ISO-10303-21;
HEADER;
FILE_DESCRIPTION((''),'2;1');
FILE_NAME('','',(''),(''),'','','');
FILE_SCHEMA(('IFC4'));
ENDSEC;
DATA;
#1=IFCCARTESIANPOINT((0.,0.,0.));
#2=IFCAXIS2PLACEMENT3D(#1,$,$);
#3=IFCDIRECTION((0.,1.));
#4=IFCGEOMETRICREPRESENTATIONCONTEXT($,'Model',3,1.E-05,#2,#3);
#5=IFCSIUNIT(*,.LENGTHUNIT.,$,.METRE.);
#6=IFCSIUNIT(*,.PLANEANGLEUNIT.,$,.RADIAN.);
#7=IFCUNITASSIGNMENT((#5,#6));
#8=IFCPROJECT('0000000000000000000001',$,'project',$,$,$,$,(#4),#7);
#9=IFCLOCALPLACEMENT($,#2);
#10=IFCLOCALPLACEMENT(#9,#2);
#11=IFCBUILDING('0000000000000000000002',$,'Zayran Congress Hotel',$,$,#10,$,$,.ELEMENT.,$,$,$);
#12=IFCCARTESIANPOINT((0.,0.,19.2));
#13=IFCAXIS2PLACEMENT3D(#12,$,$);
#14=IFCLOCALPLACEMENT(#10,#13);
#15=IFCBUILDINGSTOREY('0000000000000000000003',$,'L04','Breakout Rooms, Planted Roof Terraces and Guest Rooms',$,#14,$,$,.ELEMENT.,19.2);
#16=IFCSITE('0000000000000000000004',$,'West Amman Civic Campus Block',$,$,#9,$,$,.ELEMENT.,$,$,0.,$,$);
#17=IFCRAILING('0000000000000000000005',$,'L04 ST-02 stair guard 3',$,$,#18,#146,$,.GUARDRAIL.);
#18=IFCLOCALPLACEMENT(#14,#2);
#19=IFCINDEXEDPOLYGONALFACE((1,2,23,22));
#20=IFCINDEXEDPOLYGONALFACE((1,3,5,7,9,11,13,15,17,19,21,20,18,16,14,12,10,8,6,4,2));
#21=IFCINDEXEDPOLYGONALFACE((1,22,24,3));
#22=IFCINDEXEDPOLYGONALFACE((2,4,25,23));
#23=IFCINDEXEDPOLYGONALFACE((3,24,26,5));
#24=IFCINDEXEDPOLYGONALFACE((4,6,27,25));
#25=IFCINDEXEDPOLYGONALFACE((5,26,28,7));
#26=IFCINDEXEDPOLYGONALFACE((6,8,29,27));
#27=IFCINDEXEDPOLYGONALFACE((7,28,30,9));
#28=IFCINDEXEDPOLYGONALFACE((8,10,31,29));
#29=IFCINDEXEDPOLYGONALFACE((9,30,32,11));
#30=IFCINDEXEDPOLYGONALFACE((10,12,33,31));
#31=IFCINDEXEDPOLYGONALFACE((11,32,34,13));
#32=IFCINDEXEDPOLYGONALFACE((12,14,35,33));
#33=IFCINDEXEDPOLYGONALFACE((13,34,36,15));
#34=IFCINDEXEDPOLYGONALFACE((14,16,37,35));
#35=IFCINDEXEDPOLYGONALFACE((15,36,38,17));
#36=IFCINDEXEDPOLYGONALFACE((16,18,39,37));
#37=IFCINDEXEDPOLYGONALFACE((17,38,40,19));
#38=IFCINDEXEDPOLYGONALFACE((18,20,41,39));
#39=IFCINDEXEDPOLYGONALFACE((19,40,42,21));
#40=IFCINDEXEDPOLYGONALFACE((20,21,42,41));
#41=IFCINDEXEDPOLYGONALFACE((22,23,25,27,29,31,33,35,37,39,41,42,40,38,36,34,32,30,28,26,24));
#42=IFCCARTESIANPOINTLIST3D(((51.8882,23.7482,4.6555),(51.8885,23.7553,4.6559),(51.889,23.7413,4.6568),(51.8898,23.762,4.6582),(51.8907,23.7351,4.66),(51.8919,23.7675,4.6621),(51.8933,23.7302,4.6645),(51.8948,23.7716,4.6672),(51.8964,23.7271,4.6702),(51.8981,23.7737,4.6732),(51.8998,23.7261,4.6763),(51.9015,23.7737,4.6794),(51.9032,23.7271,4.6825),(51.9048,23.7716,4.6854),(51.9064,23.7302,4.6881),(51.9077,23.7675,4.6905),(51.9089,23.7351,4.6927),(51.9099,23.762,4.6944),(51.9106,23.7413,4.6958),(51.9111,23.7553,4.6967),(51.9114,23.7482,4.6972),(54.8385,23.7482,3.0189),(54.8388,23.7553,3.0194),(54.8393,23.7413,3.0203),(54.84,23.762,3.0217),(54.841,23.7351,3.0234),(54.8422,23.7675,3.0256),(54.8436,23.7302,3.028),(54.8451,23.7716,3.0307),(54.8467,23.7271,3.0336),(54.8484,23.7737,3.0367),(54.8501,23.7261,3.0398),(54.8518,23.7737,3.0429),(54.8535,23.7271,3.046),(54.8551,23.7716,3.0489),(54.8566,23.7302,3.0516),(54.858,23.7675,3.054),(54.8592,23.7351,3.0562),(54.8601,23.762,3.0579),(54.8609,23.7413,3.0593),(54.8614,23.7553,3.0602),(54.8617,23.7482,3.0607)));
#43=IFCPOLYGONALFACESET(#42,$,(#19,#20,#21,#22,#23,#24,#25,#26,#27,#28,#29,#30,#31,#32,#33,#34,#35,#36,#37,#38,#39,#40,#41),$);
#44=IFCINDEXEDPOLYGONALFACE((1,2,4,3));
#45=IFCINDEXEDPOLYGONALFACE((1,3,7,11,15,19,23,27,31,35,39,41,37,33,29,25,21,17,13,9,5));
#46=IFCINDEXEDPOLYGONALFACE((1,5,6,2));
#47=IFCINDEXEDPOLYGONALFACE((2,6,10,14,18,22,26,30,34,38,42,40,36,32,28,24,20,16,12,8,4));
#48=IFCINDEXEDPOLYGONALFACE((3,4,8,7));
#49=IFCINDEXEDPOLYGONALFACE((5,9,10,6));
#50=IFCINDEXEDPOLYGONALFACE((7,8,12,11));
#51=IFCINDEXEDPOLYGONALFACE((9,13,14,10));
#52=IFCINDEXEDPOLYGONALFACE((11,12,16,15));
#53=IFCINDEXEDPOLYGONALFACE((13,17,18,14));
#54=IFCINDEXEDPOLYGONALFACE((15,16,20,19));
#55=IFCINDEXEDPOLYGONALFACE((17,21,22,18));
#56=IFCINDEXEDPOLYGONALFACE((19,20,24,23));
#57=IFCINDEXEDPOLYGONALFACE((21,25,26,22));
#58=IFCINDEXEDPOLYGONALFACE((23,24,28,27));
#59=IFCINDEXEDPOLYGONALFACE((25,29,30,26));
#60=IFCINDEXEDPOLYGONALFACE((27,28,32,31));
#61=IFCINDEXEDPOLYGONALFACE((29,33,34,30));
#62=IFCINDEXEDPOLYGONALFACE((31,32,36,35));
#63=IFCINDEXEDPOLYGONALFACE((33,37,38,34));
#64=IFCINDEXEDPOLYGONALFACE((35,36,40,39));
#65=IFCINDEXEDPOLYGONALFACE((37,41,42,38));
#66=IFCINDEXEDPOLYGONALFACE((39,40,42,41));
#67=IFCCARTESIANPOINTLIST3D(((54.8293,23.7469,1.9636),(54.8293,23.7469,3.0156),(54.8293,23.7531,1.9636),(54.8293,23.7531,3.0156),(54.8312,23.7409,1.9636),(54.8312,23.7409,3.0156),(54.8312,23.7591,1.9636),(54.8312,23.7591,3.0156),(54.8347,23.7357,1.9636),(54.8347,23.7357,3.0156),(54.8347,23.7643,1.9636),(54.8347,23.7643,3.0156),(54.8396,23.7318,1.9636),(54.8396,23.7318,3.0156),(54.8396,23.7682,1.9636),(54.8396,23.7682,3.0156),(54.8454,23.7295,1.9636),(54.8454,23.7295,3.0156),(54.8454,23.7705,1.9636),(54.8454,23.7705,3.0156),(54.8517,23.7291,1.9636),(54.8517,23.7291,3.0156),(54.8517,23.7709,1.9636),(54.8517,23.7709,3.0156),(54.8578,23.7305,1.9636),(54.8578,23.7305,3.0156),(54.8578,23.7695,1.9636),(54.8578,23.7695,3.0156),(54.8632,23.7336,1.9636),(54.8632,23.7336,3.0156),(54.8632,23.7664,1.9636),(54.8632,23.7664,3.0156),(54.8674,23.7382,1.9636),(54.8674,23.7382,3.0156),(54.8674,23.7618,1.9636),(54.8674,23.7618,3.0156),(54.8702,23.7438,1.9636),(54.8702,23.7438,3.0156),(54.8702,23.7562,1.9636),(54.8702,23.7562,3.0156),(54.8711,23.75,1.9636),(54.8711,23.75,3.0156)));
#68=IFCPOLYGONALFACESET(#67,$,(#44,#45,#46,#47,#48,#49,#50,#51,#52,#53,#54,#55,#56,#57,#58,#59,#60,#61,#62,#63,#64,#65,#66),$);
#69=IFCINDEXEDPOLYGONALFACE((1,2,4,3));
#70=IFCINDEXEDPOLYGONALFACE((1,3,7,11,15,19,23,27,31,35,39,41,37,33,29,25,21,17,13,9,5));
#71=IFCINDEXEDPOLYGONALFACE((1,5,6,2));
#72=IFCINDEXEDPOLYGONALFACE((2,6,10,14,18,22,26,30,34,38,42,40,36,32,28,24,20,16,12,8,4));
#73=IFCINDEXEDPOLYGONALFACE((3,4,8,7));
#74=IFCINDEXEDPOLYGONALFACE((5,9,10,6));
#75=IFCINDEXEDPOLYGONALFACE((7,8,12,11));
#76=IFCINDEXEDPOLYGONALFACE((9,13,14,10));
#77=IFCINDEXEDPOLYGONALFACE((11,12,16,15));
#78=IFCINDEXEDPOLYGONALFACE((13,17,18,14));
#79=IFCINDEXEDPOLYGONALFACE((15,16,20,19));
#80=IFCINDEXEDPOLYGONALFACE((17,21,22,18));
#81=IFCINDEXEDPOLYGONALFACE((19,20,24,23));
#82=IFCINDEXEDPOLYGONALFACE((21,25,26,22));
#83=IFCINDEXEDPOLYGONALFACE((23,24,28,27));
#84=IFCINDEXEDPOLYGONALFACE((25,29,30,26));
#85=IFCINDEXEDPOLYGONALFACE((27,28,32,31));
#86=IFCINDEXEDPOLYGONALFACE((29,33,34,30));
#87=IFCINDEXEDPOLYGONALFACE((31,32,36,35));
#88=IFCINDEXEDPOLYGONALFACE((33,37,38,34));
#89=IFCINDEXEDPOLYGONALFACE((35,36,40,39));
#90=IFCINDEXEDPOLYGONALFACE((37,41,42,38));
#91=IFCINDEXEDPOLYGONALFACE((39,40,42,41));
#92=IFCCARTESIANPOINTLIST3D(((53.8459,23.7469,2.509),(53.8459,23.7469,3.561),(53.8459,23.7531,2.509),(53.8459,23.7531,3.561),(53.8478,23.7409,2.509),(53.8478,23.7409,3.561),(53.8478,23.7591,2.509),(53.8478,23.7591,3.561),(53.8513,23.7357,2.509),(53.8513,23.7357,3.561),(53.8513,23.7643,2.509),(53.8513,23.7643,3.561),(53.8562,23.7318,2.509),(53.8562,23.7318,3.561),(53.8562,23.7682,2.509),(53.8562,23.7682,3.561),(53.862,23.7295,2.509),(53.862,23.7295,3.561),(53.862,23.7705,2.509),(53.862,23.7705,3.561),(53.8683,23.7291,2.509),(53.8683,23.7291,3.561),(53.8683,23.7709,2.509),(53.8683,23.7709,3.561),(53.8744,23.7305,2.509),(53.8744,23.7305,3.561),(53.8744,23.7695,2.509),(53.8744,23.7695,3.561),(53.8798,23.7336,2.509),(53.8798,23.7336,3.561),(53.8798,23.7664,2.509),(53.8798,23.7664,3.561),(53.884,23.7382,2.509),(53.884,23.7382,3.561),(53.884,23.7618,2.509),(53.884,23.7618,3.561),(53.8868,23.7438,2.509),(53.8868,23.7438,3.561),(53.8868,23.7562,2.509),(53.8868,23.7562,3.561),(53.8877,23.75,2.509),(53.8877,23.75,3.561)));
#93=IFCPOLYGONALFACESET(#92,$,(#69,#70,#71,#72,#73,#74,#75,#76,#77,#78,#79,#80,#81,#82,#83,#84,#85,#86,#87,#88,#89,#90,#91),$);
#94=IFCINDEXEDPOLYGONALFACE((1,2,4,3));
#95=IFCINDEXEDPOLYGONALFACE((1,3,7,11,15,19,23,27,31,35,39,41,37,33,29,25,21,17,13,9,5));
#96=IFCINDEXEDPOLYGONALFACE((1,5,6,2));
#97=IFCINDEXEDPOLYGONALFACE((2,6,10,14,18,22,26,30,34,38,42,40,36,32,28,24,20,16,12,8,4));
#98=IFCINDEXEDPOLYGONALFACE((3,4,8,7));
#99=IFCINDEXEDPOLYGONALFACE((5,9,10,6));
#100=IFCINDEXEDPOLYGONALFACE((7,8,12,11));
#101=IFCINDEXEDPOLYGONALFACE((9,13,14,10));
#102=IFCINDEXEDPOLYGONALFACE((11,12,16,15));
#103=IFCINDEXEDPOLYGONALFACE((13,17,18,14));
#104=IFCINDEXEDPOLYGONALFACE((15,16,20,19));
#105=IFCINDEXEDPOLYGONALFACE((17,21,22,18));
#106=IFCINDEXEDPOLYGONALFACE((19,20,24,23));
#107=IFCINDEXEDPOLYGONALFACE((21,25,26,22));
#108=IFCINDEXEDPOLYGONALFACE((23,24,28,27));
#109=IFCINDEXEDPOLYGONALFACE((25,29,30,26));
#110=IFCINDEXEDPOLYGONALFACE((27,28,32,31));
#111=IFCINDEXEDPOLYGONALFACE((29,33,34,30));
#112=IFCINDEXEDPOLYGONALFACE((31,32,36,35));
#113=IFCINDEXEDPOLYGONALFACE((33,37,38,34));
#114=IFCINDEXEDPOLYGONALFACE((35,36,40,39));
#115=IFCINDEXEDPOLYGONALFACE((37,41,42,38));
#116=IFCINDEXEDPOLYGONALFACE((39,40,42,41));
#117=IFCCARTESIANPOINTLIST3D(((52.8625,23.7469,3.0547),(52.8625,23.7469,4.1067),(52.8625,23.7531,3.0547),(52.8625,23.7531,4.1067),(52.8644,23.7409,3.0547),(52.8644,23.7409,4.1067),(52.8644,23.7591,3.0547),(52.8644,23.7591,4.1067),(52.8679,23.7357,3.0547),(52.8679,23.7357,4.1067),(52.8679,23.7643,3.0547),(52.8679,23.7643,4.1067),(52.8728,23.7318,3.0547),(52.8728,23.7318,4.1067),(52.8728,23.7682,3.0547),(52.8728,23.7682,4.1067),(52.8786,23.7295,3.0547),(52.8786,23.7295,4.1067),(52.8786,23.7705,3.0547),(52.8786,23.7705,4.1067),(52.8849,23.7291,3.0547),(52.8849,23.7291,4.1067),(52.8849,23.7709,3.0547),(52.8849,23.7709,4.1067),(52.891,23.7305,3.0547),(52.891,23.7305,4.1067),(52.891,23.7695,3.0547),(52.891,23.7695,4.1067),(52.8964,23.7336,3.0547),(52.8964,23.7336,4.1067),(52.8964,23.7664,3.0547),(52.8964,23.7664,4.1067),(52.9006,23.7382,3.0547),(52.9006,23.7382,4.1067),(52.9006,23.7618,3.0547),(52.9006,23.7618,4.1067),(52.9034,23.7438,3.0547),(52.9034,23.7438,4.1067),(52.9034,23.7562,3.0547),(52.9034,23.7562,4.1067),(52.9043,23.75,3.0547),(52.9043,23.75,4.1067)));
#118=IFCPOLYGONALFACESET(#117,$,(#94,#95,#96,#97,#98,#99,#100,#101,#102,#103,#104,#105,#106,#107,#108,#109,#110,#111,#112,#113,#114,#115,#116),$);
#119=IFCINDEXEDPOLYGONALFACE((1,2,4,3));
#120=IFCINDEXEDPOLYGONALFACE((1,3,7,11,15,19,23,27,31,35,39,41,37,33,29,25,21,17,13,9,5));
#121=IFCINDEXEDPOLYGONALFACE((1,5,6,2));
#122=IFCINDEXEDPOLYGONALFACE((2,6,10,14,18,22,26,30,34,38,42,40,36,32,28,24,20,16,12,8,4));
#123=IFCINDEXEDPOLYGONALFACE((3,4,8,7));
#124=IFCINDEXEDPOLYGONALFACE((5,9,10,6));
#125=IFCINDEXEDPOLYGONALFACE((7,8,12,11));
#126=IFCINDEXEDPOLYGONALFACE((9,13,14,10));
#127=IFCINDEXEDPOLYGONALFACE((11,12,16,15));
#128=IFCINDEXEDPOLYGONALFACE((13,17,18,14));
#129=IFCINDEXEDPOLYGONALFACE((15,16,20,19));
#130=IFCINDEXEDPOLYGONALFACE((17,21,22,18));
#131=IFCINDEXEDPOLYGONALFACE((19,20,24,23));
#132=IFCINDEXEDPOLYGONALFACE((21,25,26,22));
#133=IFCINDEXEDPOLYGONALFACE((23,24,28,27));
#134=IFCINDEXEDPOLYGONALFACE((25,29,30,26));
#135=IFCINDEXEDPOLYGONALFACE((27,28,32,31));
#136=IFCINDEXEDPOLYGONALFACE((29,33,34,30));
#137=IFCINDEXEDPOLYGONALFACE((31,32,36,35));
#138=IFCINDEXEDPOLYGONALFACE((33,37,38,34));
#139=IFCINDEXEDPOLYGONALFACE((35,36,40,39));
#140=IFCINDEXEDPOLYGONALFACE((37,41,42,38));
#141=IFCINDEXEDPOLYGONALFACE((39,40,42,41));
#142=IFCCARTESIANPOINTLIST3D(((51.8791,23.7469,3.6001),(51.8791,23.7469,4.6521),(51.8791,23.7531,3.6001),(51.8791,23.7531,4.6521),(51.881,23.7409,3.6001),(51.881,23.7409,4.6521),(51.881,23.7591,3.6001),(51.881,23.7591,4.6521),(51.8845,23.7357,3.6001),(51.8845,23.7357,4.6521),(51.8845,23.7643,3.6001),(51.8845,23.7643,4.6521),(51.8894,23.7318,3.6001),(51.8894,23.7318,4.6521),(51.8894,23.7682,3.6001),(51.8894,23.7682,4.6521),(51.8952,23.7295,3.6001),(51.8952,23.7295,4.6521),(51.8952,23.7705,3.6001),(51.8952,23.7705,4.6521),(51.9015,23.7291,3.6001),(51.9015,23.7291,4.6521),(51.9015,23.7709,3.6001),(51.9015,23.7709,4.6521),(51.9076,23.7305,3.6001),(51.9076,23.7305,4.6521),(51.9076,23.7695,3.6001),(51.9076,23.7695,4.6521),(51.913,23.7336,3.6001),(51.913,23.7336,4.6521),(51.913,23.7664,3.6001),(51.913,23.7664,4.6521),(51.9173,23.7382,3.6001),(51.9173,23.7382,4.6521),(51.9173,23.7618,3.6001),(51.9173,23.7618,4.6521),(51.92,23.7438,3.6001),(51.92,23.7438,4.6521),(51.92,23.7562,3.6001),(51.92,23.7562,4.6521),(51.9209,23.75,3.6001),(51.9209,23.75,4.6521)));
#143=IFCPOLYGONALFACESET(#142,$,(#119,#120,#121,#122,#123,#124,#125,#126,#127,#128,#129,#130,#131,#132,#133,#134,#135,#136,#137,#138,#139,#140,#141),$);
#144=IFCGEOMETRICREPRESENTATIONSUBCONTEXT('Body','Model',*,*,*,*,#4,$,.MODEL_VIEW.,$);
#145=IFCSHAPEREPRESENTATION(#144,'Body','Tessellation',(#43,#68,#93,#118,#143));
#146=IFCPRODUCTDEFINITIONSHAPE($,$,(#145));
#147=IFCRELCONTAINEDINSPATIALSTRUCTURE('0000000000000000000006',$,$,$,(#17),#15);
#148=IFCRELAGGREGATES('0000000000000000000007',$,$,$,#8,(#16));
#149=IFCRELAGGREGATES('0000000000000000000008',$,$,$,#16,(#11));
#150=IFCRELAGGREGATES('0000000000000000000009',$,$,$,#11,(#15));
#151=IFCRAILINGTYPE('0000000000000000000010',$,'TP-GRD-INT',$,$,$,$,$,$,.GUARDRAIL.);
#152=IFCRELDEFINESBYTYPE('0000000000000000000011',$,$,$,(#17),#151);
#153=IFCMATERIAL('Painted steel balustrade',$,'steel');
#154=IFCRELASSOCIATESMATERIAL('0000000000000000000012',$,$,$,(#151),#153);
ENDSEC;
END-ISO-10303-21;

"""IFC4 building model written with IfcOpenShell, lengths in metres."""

from ifc_helpers import new_model, si_unit, direction, frame, origin, origin_2d, place, context, subcontext, project, spatial, circle, extrude, material, type_object, element, save


model = new_model("IFC4")

# Units and contexts
model_context = context("Model", 3, precision=1e-05, world=origin(), true_north=direction((0.0, 1.0)))
body_context = subcontext(model_context, "Body", "Model", "MODEL_VIEW")
ifc_project = project(units=[si_unit("LENGTHUNIT", "METRE"), si_unit("PLANEANGLEUNIT", "RADIAN")], contexts=[model_context])

# Site, building, storey
site_placement = place(None, origin())
site = spatial("IfcSite", under=ifc_project, at=site_placement, Name="West Amman Civic Campus Block", CompositionType="ELEMENT", RefElevation=0.0)
building_placement = place(site_placement, origin())
building = spatial("IfcBuilding", under=site, at=building_placement, Name="Zayran Congress Hotel", CompositionType="ELEMENT")
storey_placement = place(building_placement, frame((0.0, 0.0, 19.2)))
storey = spatial("IfcBuildingStorey", under=building, at=storey_placement, Name="L04", Description="Breakout Rooms, Planted Roof Terraces and Guest Rooms", CompositionType="ELEMENT", Elevation=19.2)

# Railing
ifc_material_1 = material(Name="Painted steel balustrade", Category="steel")
railing_type_1 = type_object("IfcRailingType", Name="TP-GRD-INT", PredefinedType="GUARDRAIL", material=ifc_material_1)
railing_1_placement = place(storey_placement, frame((54.8501, 23.75, 1.9636)))
element("IfcRailing", 1, at=railing_1_placement, inside=storey, type_object=railing_type_1, Name="L04 ST-02 stair guard 3", PredefinedType="GUARDRAIL", context=body_context, shape_type="SweptSolid", body=[
    extrude(circle(Radius=0.0239, at=origin_2d()), frame((0.0, 0.0, 1.0762), z_axis=(-0.874475, 0.0, 0.485071), x_axis=(0.0, -1.0, 0.0)), (0.0, 0.0, 1.0), 3.3738),
    extrude(circle(Radius=0.021, at=origin_2d()), origin(), (0.0, 0.0, 1.0), 1.052),
    extrude(circle(Radius=0.021, at=origin_2d()), frame((-0.9834, 0.0, 0.5454)), (0.0, 0.0, 1.0), 1.052),
    extrude(circle(Radius=0.021, at=origin_2d()), frame((-1.9668, 0.0, 1.0911)), (0.0, 0.0, 1.0), 1.052),
    extrude(circle(Radius=0.021, at=origin_2d()), frame((-2.9502, 0.0, 1.6365)), (0.0, 0.0, 1.0), 1.052),
])

save(model, "model.ifc")
